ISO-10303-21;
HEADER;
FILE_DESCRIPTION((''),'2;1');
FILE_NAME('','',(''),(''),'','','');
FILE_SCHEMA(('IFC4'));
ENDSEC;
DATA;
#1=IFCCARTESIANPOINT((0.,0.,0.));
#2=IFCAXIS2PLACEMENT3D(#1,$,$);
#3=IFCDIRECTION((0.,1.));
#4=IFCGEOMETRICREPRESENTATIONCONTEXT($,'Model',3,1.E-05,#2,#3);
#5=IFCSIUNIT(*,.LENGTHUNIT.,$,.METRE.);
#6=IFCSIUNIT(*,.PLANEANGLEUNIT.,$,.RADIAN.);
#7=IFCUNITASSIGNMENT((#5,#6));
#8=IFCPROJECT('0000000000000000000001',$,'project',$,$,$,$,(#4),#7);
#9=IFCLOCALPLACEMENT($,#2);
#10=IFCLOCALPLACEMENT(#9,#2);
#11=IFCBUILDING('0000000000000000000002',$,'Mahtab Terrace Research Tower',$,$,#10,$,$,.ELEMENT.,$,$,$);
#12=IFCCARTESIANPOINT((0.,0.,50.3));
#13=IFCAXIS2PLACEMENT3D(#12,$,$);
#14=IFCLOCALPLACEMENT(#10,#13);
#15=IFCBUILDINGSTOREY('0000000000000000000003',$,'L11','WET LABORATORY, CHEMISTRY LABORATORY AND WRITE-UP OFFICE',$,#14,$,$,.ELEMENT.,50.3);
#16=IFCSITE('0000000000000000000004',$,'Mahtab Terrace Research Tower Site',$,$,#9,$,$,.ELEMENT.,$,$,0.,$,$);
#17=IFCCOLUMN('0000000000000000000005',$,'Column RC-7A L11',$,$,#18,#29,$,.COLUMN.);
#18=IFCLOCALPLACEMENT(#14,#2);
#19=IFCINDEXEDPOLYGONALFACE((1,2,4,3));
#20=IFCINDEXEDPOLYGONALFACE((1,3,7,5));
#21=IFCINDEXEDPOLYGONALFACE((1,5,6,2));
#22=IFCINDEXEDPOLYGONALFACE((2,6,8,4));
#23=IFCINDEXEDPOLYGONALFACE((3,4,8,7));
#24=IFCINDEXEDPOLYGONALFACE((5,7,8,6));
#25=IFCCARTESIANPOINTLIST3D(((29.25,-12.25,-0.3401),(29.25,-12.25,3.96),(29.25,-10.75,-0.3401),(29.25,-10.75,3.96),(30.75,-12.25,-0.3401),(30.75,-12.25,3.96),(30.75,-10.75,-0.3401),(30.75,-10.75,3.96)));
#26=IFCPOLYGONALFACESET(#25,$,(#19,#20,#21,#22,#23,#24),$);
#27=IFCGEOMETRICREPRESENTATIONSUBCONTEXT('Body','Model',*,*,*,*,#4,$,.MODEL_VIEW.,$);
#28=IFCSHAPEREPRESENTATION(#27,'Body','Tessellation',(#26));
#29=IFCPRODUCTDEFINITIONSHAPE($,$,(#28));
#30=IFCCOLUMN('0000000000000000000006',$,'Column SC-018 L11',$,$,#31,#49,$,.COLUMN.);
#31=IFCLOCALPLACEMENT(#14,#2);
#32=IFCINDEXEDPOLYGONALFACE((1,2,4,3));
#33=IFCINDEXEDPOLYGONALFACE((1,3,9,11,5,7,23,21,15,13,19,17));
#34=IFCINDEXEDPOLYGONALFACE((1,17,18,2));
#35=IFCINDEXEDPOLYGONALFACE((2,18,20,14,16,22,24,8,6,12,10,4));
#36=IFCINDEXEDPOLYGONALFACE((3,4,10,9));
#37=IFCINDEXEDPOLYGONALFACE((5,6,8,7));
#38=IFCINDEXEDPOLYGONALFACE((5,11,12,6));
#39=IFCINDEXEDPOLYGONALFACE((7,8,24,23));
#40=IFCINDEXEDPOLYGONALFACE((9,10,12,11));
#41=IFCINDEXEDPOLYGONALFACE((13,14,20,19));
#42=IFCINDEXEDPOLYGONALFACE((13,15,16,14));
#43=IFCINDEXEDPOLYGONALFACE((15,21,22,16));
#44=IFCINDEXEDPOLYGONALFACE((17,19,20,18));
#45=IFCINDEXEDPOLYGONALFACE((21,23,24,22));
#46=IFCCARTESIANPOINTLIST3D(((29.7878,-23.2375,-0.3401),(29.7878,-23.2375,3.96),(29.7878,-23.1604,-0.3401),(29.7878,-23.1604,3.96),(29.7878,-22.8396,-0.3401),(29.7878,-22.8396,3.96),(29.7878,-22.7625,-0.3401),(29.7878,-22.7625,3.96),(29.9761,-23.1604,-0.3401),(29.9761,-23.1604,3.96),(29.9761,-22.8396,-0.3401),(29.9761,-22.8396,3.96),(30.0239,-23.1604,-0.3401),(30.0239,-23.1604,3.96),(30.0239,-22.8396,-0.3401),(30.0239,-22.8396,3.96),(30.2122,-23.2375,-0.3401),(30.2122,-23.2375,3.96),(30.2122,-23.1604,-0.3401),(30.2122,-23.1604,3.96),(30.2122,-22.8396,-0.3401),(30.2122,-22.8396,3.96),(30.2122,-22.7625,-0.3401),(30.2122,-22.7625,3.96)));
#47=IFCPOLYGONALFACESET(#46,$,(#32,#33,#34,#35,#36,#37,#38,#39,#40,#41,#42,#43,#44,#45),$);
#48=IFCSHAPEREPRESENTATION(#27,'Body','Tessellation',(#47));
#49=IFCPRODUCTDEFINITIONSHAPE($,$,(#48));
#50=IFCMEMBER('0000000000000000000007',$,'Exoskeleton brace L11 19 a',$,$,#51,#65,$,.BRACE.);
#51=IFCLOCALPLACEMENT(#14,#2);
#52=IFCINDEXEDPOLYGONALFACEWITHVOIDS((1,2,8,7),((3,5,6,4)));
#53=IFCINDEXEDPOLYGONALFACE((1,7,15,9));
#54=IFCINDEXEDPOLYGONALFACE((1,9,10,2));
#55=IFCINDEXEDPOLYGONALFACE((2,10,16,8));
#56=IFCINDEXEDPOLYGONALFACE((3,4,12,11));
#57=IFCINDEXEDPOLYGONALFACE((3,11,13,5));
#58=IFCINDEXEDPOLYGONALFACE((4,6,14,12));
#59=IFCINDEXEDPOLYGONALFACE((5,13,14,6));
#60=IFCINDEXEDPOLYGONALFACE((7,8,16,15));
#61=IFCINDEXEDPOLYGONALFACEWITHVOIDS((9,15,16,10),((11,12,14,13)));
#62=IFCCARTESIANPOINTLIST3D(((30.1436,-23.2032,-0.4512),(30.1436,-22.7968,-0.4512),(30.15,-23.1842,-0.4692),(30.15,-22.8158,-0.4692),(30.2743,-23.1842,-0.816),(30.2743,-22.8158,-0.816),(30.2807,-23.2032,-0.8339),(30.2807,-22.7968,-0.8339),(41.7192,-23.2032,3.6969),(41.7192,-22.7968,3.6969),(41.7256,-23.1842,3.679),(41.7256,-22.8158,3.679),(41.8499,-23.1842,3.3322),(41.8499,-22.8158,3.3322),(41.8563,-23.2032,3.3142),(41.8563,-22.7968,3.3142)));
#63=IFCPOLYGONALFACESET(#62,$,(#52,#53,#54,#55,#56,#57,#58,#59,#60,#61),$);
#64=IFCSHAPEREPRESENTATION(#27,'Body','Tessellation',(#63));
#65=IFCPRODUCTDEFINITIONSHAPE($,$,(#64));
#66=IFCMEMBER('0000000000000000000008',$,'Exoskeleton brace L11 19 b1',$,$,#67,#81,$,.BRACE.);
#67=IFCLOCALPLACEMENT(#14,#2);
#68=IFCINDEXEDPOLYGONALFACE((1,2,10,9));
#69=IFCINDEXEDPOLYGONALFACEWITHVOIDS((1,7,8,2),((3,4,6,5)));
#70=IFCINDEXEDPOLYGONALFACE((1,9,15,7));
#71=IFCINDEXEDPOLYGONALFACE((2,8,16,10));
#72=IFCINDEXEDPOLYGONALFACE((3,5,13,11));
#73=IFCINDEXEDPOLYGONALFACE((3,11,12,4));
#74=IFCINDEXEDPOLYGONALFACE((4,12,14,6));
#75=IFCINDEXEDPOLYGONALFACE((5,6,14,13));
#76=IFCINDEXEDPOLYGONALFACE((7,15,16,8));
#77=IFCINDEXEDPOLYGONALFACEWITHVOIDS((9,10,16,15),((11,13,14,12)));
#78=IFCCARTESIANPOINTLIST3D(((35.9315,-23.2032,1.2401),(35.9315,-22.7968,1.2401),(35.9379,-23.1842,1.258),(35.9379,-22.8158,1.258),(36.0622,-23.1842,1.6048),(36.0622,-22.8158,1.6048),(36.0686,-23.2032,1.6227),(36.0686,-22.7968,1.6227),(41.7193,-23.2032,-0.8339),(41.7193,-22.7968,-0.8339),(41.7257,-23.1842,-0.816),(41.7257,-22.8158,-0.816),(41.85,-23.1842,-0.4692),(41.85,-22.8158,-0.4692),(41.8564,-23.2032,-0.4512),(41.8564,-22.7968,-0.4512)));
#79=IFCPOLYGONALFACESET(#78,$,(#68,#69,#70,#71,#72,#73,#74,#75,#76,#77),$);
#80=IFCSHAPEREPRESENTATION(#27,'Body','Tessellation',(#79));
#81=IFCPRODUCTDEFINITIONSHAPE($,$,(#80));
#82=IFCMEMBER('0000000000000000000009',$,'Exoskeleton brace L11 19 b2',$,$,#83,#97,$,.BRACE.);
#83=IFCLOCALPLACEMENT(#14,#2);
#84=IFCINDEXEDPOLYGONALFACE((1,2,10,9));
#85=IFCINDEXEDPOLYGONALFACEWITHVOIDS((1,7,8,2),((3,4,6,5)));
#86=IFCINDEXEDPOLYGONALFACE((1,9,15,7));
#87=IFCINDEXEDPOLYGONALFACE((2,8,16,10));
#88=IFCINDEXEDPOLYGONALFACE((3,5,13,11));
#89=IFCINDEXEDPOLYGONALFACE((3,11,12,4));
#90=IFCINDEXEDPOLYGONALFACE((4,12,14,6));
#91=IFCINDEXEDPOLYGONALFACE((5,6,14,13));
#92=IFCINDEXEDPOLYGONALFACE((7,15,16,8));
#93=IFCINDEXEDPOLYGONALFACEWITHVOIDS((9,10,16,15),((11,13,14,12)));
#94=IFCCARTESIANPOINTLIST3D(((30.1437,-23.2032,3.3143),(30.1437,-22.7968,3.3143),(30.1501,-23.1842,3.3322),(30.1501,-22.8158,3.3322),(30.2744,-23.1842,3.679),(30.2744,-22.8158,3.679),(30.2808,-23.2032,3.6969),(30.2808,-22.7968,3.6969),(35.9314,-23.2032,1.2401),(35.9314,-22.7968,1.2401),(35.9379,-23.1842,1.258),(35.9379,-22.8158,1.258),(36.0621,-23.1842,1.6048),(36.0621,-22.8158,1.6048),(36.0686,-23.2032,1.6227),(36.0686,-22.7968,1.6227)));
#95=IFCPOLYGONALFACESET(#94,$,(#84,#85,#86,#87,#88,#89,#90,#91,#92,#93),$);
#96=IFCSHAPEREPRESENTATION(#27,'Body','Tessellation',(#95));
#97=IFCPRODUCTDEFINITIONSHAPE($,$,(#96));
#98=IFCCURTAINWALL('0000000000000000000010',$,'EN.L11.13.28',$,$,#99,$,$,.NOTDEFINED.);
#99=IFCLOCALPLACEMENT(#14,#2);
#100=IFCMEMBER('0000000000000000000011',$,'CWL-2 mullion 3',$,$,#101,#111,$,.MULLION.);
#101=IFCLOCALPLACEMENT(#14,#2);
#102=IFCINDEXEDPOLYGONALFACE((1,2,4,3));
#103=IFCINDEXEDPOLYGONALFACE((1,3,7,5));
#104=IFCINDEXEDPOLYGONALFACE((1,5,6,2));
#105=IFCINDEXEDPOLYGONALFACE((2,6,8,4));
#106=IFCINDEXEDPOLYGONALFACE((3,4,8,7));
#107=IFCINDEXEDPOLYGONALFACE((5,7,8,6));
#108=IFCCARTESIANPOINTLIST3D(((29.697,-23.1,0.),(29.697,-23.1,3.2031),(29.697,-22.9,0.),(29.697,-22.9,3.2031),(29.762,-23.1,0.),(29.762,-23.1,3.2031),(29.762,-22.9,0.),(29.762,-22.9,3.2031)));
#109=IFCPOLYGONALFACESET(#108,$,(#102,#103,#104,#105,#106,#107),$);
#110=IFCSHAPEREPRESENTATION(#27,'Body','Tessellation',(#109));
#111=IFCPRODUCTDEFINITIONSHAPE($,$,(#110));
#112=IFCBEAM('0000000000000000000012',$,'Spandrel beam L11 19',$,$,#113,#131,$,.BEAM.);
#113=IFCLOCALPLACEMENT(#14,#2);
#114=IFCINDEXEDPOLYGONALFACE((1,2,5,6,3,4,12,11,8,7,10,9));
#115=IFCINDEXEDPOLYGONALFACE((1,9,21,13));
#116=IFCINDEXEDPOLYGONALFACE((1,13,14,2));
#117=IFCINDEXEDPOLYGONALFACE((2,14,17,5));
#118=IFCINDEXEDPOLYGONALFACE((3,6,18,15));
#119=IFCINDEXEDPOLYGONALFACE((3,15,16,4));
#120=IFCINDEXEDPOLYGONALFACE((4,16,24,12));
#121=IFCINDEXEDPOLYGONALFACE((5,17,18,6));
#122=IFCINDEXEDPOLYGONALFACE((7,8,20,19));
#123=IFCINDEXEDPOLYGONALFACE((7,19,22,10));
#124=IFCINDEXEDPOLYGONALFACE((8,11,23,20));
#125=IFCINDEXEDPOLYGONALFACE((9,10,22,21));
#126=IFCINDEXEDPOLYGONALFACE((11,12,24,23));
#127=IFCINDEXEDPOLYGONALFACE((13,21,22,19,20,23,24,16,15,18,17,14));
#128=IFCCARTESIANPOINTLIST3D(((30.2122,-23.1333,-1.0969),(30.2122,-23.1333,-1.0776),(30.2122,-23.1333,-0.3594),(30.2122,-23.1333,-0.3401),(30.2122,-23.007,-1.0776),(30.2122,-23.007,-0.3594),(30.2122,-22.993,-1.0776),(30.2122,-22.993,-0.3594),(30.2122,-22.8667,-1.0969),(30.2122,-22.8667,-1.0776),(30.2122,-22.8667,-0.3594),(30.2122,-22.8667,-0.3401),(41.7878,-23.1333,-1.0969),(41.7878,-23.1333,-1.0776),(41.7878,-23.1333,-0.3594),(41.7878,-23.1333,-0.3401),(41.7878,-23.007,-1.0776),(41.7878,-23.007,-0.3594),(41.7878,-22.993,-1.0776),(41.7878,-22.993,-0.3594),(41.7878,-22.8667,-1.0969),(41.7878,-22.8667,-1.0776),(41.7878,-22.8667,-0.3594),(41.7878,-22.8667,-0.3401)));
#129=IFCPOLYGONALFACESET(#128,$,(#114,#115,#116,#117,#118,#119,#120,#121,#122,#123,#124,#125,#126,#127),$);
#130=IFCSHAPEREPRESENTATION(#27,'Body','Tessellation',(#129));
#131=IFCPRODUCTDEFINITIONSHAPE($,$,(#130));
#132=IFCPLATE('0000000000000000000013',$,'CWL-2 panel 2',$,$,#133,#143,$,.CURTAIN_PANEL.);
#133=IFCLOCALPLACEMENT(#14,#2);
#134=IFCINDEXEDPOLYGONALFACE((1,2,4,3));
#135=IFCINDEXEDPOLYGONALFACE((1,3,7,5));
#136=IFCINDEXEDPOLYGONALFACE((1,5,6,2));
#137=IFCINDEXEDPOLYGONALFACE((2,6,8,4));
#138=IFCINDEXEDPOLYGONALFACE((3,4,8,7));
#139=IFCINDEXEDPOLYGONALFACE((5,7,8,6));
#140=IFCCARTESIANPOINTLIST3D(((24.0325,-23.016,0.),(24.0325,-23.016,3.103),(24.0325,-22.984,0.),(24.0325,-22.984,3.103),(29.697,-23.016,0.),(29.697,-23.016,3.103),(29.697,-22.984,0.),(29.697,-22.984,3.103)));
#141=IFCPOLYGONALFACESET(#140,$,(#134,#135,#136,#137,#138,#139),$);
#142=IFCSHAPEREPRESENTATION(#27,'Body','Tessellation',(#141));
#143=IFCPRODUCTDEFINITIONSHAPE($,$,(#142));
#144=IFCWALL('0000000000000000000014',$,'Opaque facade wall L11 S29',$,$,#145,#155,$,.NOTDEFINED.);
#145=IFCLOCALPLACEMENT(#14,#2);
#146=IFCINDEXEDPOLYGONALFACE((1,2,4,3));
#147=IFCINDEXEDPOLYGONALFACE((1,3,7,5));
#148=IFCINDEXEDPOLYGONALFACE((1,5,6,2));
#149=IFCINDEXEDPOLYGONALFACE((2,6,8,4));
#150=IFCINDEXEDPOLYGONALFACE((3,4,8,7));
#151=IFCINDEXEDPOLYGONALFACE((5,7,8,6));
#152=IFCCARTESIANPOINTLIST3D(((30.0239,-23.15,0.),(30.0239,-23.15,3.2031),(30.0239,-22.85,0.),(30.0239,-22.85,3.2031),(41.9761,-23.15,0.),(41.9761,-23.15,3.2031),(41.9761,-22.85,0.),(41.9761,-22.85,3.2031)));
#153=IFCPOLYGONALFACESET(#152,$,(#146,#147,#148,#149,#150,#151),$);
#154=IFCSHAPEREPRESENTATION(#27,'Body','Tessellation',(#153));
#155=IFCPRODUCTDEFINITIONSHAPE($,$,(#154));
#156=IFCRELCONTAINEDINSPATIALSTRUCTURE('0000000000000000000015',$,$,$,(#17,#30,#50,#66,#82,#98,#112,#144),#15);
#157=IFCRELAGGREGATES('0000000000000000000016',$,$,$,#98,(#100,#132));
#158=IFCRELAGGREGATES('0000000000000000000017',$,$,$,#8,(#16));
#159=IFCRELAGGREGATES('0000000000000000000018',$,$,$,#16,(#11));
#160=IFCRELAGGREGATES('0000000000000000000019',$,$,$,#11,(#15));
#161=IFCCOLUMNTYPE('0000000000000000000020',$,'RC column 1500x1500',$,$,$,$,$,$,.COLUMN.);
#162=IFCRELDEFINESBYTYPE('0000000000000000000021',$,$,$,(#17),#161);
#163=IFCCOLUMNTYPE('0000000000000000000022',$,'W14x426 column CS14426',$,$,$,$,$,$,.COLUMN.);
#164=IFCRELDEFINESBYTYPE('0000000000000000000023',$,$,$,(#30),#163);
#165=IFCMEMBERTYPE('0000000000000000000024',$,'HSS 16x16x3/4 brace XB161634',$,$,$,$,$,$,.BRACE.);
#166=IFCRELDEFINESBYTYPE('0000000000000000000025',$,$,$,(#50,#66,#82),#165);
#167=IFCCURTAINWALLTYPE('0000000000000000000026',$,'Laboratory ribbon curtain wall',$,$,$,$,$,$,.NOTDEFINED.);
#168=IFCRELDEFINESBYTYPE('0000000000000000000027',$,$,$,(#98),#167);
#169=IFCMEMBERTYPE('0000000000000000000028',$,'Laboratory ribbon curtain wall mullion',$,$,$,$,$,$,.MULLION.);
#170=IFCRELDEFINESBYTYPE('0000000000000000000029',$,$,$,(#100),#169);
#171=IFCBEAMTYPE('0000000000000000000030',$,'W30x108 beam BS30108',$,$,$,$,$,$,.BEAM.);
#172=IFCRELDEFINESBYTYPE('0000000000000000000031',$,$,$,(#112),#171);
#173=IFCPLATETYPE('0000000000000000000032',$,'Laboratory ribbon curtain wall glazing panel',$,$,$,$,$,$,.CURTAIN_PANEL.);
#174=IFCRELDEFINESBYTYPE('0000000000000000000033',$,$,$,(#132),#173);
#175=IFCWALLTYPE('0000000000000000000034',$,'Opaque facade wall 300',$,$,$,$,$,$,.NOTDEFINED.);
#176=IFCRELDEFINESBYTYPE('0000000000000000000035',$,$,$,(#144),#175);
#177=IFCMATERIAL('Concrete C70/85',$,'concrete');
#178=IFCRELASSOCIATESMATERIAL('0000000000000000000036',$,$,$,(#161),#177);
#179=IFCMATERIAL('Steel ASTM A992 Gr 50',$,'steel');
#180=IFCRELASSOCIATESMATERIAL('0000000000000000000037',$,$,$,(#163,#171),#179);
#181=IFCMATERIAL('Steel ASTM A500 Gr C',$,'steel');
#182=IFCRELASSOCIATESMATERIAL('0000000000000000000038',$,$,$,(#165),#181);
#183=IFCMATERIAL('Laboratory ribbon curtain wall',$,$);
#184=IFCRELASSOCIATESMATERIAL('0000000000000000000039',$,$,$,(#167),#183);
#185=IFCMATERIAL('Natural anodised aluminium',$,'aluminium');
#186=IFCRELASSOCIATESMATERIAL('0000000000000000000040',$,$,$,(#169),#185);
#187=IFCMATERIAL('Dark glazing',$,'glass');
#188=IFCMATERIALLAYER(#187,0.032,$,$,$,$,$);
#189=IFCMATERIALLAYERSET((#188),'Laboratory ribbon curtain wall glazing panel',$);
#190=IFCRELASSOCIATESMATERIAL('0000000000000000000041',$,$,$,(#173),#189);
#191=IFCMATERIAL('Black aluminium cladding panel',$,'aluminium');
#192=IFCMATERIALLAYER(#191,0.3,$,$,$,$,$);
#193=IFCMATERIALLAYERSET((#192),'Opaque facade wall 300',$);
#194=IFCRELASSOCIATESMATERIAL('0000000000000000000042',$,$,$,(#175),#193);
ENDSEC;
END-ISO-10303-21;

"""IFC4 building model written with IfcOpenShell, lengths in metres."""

from ifc_helpers import new_model, si_unit, direction, frame, frame_2d, origin, origin_2d, place, context, subcontext, project, spatial, rectangle, hollow_rectangle, i_section, extrude, material, layer, layer_set, material_profile, profile_set, type_object, element, aggregate, save


model = new_model("IFC4")

# Units and contexts
model_context = context("Model", 3, precision=1e-05, world=origin(), true_north=direction((0.0, 1.0)))
body_context = subcontext(model_context, "Body", "Model", "MODEL_VIEW")
ifc_project = project(units=[si_unit("LENGTHUNIT", "METRE"), si_unit("PLANEANGLEUNIT", "RADIAN")], contexts=[model_context])

# Site, building, storey
site_placement = place(None, origin())
site = spatial("IfcSite", under=ifc_project, at=site_placement, Name="Mahtab Terrace Research Tower Site", CompositionType="ELEMENT", RefElevation=0.0)
building_placement = place(site_placement, origin())
building = spatial("IfcBuilding", under=site, at=building_placement, Name="Mahtab Terrace Research Tower", CompositionType="ELEMENT")
storey_placement = place(building_placement, frame((0.0, 0.0, 50.3)))
storey = spatial("IfcBuildingStorey", under=building, at=storey_placement, Name="L11", Description="WET LABORATORY, CHEMISTRY LABORATORY AND WRITE-UP OFFICE", CompositionType="ELEMENT", Elevation=50.3)

# Columns
ifc_material_1 = material(Name="Concrete C70/85", Category="concrete")
ifc_material_profile_1 = material_profile(ifc_material_1, rectangle(XDim=1.5, YDim=1.5, at=origin_2d()), Name="RC column 1500x1500")
ifc_profile_set_1 = profile_set([ifc_material_profile_1], Name="Concrete C70/85")
column_type_1 = type_object("IfcColumnType", Name="RC column 1500x1500", PredefinedType="COLUMN", material=ifc_profile_set_1)
column_1_placement = place(storey_placement, frame((30.0, -11.5, -0.3401), z_axis=(0.0, 0.0, 1.0), x_axis=(1.0, 0.0, 0.0)))
element("IfcColumn", 1, at=column_1_placement, inside=storey, type_object=column_type_1, Name="Column RC-7A L11", PredefinedType="COLUMN", context=body_context, shape_type="SweptSolid", body=[
    extrude(rectangle(XDim=1.5, YDim=1.5, at=origin_2d()), origin(), (0.0, 0.0, 1.0), 4.3),
])
ifc_material_2 = material(Name="Steel ASTM A992 Gr 50", Category="steel")
ifc_material_profile_2 = material_profile(ifc_material_2, i_section(OverallWidth=0.4243, OverallDepth=0.4751, WebThickness=0.0479, FlangeThickness=0.0771, at=origin_2d()), Name="W14X426")
ifc_profile_set_2 = profile_set([ifc_material_profile_2], Name="Steel ASTM A992 Gr 50")
column_type_2 = type_object("IfcColumnType", Name="W14x426 column CS14426", PredefinedType="COLUMN", material=ifc_profile_set_2)
column_2_placement = place(storey_placement, frame((30.0, -23.0, -0.3401), z_axis=(0.0, 0.0, 1.0), x_axis=(1.0, 0.0, 0.0)))
element("IfcColumn", 2, at=column_2_placement, inside=storey, type_object=column_type_2, Name="Column SC-018 L11", PredefinedType="COLUMN", context=body_context, shape_type="SweptSolid", body=[
    extrude(i_section(OverallWidth=0.4243, OverallDepth=0.4751, WebThickness=0.0479, FlangeThickness=0.0771, at=origin_2d()), origin(), (0.0, 0.0, 1.0), 4.3),
])

# Members
ifc_material_3 = material(Name="Steel ASTM A500 Gr C", Category="steel")
ifc_material_profile_3 = material_profile(ifc_material_3, hollow_rectangle(XDim=0.4065, YDim=0.4065, WallThickness=0.019, at=origin_2d()), Name="HSS16X16X3/4")
ifc_profile_set_3 = profile_set([ifc_material_profile_3], Name="Steel ASTM A500 Gr C")
member_type_1 = type_object("IfcMemberType", Name="HSS 16x16x3/4 brace XB161634", PredefinedType="BRACE", material=ifc_profile_set_3)
member_1_placement = place(storey_placement, frame((30.2122, -23.0, -0.6426), z_axis=(0.94138, 0.0, 0.337347), x_axis=(0.0, 1.0, 0.0)))
element("IfcMember", 3, at=member_1_placement, inside=storey, type_object=member_type_1, Name="Exoskeleton brace L11 19 a", PredefinedType="BRACE", context=body_context, shape_type="SweptSolid", body=[
    extrude(hollow_rectangle(XDim=0.4065, YDim=0.4065, WallThickness=0.019, at=origin_2d()), origin(), (0.0, 0.0, 1.0), 12.2964),
])
for number, where, z_axis, x_axis, name in (
    (4, (41.7878, -23.0, -0.6426), (-0.941387, 0.0, 0.33733), (0.0, -1.0, 0.0), "Exoskeleton brace L11 19 b1"),
    (5, (36.0, -23.0, 1.4314), (-0.941374, 0.0, 0.337365), (0.0, -1.0, 0.0), "Exoskeleton brace L11 19 b2"),
):
    element("IfcMember", number, at=place(storey_placement, frame(where, z_axis=z_axis, x_axis=x_axis)), inside=storey, type_object=member_type_1, Name=name, PredefinedType="BRACE", context=body_context, shape_type="SweptSolid", body=[
        extrude(hollow_rectangle(XDim=0.4065, YDim=0.4065, WallThickness=0.019, at=origin_2d()), origin(), (0.0, 0.0, 1.0), 6.1482),
    ])

# Curtain wall, member
ifc_material_4 = material(Name="Laboratory ribbon curtain wall")
curtain_wall_type = type_object("IfcCurtainWallType", Name="Laboratory ribbon curtain wall", PredefinedType="NOTDEFINED", material=ifc_material_4)
curtain_wall_placement = place(storey_placement, origin())
curtain_wall = element("IfcCurtainWall", 6, at=curtain_wall_placement, inside=storey, type_object=curtain_wall_type, Name="EN.L11.13.28", PredefinedType="NOTDEFINED")
ifc_material_5 = material(Name="Natural anodised aluminium", Category="aluminium")
ifc_material_profile_4 = material_profile(ifc_material_5, rectangle(XDim=0.2, YDim=0.0649, at=origin_2d()), Name="MULLION 65x200")
ifc_profile_set_4 = profile_set([ifc_material_profile_4], Name="Natural anodised aluminium")
member_type_2 = type_object("IfcMemberType", Name="Laboratory ribbon curtain wall mullion", PredefinedType="MULLION", material=ifc_profile_set_4)
member_2_placement = place(storey_placement, frame((29.7295, -23.0, 0.0), z_axis=(0.0, 0.0, 1.0), x_axis=(0.0, 1.0, 0.0)))
member_2 = element("IfcMember", 7, at=member_2_placement, type_object=member_type_2, Name="CWL-2 mullion 3", PredefinedType="MULLION", context=body_context, shape_type="SweptSolid", body=[
    extrude(rectangle(XDim=0.2, YDim=0.0649, at=origin_2d()), origin(), (0.0, 0.0, 1.0), 3.2031),
])

# Beam
ifc_material_profile_5 = material_profile(ifc_material_2, i_section(OverallWidth=0.2666, OverallDepth=0.7568, WebThickness=0.0139, FlangeThickness=0.0193, at=origin_2d()), Name="W30X108")
ifc_profile_set_5 = profile_set([ifc_material_profile_5], Name="Steel ASTM A992 Gr 50")
beam_type = type_object("IfcBeamType", Name="W30x108 beam BS30108", PredefinedType="BEAM", material=ifc_profile_set_5)
beam_placement = place(storey_placement, frame((30.2122, -23.0, -0.7185), z_axis=(1.0, 0.0, 0.0), x_axis=(0.0, 1.0, 0.0)))
element("IfcBeam", 8, at=beam_placement, inside=storey, type_object=beam_type, Name="Spandrel beam L11 19", PredefinedType="BEAM", context=body_context, shape_type="SweptSolid", body=[
    extrude(i_section(OverallWidth=0.2666, OverallDepth=0.7568, WebThickness=0.0139, FlangeThickness=0.0193, at=origin_2d()), origin(), (0.0, 0.0, 1.0), 11.5757),
])

# Plate
ifc_material_6 = material(Name="Dark glazing", Category="glass")
ifc_layer_1 = layer(ifc_material_6, 0.032)
ifc_layer_set_1 = layer_set([ifc_layer_1], Name="Laboratory ribbon curtain wall glazing panel")
plate_type = type_object("IfcPlateType", Name="Laboratory ribbon curtain wall glazing panel", PredefinedType="CURTAIN_PANEL", material=ifc_layer_set_1)
plate_placement = place(storey_placement, frame((26.8647, -23.0, 0.0), z_axis=(0.0, 0.0, 1.0), x_axis=(1.0, 0.0, 0.0)))
plate = element("IfcPlate", 9, at=plate_placement, type_object=plate_type, Name="CWL-2 panel 2", PredefinedType="CURTAIN_PANEL", context=body_context, shape_type="SweptSolid", body=[
    extrude(rectangle(XDim=5.6646, YDim=0.032, at=origin_2d()), origin(), (0.0, 0.0, 1.0), 3.103),
])
aggregate(curtain_wall, [member_2, plate])

# Wall
ifc_material_7 = material(Name="Black aluminium cladding panel", Category="aluminium")
ifc_layer_2 = layer(ifc_material_7, 0.3)
ifc_layer_set_2 = layer_set([ifc_layer_2], Name="Opaque facade wall 300")
wall_type_1 = type_object("IfcWallType", Name="Opaque facade wall 300", PredefinedType="NOTDEFINED", material=ifc_layer_set_2)
wall_1_placement = place(storey_placement, frame((30.0239, -23.0, 0.0), z_axis=(0.0, 0.0, 1.0), x_axis=(1.0, 0.0, 0.0)))
element("IfcWall", 10, at=wall_1_placement, inside=storey, type_object=wall_type_1, Name="Opaque facade wall L11 S29", PredefinedType="NOTDEFINED", context=body_context, shape_type="SweptSolid", body=[
    extrude(rectangle(XDim=11.9521, YDim=0.3, at=frame_2d((5.9761, 0.0))), origin(), (0.0, 0.0, 1.0), 3.2031),
])

save(model, "model.ifc")
